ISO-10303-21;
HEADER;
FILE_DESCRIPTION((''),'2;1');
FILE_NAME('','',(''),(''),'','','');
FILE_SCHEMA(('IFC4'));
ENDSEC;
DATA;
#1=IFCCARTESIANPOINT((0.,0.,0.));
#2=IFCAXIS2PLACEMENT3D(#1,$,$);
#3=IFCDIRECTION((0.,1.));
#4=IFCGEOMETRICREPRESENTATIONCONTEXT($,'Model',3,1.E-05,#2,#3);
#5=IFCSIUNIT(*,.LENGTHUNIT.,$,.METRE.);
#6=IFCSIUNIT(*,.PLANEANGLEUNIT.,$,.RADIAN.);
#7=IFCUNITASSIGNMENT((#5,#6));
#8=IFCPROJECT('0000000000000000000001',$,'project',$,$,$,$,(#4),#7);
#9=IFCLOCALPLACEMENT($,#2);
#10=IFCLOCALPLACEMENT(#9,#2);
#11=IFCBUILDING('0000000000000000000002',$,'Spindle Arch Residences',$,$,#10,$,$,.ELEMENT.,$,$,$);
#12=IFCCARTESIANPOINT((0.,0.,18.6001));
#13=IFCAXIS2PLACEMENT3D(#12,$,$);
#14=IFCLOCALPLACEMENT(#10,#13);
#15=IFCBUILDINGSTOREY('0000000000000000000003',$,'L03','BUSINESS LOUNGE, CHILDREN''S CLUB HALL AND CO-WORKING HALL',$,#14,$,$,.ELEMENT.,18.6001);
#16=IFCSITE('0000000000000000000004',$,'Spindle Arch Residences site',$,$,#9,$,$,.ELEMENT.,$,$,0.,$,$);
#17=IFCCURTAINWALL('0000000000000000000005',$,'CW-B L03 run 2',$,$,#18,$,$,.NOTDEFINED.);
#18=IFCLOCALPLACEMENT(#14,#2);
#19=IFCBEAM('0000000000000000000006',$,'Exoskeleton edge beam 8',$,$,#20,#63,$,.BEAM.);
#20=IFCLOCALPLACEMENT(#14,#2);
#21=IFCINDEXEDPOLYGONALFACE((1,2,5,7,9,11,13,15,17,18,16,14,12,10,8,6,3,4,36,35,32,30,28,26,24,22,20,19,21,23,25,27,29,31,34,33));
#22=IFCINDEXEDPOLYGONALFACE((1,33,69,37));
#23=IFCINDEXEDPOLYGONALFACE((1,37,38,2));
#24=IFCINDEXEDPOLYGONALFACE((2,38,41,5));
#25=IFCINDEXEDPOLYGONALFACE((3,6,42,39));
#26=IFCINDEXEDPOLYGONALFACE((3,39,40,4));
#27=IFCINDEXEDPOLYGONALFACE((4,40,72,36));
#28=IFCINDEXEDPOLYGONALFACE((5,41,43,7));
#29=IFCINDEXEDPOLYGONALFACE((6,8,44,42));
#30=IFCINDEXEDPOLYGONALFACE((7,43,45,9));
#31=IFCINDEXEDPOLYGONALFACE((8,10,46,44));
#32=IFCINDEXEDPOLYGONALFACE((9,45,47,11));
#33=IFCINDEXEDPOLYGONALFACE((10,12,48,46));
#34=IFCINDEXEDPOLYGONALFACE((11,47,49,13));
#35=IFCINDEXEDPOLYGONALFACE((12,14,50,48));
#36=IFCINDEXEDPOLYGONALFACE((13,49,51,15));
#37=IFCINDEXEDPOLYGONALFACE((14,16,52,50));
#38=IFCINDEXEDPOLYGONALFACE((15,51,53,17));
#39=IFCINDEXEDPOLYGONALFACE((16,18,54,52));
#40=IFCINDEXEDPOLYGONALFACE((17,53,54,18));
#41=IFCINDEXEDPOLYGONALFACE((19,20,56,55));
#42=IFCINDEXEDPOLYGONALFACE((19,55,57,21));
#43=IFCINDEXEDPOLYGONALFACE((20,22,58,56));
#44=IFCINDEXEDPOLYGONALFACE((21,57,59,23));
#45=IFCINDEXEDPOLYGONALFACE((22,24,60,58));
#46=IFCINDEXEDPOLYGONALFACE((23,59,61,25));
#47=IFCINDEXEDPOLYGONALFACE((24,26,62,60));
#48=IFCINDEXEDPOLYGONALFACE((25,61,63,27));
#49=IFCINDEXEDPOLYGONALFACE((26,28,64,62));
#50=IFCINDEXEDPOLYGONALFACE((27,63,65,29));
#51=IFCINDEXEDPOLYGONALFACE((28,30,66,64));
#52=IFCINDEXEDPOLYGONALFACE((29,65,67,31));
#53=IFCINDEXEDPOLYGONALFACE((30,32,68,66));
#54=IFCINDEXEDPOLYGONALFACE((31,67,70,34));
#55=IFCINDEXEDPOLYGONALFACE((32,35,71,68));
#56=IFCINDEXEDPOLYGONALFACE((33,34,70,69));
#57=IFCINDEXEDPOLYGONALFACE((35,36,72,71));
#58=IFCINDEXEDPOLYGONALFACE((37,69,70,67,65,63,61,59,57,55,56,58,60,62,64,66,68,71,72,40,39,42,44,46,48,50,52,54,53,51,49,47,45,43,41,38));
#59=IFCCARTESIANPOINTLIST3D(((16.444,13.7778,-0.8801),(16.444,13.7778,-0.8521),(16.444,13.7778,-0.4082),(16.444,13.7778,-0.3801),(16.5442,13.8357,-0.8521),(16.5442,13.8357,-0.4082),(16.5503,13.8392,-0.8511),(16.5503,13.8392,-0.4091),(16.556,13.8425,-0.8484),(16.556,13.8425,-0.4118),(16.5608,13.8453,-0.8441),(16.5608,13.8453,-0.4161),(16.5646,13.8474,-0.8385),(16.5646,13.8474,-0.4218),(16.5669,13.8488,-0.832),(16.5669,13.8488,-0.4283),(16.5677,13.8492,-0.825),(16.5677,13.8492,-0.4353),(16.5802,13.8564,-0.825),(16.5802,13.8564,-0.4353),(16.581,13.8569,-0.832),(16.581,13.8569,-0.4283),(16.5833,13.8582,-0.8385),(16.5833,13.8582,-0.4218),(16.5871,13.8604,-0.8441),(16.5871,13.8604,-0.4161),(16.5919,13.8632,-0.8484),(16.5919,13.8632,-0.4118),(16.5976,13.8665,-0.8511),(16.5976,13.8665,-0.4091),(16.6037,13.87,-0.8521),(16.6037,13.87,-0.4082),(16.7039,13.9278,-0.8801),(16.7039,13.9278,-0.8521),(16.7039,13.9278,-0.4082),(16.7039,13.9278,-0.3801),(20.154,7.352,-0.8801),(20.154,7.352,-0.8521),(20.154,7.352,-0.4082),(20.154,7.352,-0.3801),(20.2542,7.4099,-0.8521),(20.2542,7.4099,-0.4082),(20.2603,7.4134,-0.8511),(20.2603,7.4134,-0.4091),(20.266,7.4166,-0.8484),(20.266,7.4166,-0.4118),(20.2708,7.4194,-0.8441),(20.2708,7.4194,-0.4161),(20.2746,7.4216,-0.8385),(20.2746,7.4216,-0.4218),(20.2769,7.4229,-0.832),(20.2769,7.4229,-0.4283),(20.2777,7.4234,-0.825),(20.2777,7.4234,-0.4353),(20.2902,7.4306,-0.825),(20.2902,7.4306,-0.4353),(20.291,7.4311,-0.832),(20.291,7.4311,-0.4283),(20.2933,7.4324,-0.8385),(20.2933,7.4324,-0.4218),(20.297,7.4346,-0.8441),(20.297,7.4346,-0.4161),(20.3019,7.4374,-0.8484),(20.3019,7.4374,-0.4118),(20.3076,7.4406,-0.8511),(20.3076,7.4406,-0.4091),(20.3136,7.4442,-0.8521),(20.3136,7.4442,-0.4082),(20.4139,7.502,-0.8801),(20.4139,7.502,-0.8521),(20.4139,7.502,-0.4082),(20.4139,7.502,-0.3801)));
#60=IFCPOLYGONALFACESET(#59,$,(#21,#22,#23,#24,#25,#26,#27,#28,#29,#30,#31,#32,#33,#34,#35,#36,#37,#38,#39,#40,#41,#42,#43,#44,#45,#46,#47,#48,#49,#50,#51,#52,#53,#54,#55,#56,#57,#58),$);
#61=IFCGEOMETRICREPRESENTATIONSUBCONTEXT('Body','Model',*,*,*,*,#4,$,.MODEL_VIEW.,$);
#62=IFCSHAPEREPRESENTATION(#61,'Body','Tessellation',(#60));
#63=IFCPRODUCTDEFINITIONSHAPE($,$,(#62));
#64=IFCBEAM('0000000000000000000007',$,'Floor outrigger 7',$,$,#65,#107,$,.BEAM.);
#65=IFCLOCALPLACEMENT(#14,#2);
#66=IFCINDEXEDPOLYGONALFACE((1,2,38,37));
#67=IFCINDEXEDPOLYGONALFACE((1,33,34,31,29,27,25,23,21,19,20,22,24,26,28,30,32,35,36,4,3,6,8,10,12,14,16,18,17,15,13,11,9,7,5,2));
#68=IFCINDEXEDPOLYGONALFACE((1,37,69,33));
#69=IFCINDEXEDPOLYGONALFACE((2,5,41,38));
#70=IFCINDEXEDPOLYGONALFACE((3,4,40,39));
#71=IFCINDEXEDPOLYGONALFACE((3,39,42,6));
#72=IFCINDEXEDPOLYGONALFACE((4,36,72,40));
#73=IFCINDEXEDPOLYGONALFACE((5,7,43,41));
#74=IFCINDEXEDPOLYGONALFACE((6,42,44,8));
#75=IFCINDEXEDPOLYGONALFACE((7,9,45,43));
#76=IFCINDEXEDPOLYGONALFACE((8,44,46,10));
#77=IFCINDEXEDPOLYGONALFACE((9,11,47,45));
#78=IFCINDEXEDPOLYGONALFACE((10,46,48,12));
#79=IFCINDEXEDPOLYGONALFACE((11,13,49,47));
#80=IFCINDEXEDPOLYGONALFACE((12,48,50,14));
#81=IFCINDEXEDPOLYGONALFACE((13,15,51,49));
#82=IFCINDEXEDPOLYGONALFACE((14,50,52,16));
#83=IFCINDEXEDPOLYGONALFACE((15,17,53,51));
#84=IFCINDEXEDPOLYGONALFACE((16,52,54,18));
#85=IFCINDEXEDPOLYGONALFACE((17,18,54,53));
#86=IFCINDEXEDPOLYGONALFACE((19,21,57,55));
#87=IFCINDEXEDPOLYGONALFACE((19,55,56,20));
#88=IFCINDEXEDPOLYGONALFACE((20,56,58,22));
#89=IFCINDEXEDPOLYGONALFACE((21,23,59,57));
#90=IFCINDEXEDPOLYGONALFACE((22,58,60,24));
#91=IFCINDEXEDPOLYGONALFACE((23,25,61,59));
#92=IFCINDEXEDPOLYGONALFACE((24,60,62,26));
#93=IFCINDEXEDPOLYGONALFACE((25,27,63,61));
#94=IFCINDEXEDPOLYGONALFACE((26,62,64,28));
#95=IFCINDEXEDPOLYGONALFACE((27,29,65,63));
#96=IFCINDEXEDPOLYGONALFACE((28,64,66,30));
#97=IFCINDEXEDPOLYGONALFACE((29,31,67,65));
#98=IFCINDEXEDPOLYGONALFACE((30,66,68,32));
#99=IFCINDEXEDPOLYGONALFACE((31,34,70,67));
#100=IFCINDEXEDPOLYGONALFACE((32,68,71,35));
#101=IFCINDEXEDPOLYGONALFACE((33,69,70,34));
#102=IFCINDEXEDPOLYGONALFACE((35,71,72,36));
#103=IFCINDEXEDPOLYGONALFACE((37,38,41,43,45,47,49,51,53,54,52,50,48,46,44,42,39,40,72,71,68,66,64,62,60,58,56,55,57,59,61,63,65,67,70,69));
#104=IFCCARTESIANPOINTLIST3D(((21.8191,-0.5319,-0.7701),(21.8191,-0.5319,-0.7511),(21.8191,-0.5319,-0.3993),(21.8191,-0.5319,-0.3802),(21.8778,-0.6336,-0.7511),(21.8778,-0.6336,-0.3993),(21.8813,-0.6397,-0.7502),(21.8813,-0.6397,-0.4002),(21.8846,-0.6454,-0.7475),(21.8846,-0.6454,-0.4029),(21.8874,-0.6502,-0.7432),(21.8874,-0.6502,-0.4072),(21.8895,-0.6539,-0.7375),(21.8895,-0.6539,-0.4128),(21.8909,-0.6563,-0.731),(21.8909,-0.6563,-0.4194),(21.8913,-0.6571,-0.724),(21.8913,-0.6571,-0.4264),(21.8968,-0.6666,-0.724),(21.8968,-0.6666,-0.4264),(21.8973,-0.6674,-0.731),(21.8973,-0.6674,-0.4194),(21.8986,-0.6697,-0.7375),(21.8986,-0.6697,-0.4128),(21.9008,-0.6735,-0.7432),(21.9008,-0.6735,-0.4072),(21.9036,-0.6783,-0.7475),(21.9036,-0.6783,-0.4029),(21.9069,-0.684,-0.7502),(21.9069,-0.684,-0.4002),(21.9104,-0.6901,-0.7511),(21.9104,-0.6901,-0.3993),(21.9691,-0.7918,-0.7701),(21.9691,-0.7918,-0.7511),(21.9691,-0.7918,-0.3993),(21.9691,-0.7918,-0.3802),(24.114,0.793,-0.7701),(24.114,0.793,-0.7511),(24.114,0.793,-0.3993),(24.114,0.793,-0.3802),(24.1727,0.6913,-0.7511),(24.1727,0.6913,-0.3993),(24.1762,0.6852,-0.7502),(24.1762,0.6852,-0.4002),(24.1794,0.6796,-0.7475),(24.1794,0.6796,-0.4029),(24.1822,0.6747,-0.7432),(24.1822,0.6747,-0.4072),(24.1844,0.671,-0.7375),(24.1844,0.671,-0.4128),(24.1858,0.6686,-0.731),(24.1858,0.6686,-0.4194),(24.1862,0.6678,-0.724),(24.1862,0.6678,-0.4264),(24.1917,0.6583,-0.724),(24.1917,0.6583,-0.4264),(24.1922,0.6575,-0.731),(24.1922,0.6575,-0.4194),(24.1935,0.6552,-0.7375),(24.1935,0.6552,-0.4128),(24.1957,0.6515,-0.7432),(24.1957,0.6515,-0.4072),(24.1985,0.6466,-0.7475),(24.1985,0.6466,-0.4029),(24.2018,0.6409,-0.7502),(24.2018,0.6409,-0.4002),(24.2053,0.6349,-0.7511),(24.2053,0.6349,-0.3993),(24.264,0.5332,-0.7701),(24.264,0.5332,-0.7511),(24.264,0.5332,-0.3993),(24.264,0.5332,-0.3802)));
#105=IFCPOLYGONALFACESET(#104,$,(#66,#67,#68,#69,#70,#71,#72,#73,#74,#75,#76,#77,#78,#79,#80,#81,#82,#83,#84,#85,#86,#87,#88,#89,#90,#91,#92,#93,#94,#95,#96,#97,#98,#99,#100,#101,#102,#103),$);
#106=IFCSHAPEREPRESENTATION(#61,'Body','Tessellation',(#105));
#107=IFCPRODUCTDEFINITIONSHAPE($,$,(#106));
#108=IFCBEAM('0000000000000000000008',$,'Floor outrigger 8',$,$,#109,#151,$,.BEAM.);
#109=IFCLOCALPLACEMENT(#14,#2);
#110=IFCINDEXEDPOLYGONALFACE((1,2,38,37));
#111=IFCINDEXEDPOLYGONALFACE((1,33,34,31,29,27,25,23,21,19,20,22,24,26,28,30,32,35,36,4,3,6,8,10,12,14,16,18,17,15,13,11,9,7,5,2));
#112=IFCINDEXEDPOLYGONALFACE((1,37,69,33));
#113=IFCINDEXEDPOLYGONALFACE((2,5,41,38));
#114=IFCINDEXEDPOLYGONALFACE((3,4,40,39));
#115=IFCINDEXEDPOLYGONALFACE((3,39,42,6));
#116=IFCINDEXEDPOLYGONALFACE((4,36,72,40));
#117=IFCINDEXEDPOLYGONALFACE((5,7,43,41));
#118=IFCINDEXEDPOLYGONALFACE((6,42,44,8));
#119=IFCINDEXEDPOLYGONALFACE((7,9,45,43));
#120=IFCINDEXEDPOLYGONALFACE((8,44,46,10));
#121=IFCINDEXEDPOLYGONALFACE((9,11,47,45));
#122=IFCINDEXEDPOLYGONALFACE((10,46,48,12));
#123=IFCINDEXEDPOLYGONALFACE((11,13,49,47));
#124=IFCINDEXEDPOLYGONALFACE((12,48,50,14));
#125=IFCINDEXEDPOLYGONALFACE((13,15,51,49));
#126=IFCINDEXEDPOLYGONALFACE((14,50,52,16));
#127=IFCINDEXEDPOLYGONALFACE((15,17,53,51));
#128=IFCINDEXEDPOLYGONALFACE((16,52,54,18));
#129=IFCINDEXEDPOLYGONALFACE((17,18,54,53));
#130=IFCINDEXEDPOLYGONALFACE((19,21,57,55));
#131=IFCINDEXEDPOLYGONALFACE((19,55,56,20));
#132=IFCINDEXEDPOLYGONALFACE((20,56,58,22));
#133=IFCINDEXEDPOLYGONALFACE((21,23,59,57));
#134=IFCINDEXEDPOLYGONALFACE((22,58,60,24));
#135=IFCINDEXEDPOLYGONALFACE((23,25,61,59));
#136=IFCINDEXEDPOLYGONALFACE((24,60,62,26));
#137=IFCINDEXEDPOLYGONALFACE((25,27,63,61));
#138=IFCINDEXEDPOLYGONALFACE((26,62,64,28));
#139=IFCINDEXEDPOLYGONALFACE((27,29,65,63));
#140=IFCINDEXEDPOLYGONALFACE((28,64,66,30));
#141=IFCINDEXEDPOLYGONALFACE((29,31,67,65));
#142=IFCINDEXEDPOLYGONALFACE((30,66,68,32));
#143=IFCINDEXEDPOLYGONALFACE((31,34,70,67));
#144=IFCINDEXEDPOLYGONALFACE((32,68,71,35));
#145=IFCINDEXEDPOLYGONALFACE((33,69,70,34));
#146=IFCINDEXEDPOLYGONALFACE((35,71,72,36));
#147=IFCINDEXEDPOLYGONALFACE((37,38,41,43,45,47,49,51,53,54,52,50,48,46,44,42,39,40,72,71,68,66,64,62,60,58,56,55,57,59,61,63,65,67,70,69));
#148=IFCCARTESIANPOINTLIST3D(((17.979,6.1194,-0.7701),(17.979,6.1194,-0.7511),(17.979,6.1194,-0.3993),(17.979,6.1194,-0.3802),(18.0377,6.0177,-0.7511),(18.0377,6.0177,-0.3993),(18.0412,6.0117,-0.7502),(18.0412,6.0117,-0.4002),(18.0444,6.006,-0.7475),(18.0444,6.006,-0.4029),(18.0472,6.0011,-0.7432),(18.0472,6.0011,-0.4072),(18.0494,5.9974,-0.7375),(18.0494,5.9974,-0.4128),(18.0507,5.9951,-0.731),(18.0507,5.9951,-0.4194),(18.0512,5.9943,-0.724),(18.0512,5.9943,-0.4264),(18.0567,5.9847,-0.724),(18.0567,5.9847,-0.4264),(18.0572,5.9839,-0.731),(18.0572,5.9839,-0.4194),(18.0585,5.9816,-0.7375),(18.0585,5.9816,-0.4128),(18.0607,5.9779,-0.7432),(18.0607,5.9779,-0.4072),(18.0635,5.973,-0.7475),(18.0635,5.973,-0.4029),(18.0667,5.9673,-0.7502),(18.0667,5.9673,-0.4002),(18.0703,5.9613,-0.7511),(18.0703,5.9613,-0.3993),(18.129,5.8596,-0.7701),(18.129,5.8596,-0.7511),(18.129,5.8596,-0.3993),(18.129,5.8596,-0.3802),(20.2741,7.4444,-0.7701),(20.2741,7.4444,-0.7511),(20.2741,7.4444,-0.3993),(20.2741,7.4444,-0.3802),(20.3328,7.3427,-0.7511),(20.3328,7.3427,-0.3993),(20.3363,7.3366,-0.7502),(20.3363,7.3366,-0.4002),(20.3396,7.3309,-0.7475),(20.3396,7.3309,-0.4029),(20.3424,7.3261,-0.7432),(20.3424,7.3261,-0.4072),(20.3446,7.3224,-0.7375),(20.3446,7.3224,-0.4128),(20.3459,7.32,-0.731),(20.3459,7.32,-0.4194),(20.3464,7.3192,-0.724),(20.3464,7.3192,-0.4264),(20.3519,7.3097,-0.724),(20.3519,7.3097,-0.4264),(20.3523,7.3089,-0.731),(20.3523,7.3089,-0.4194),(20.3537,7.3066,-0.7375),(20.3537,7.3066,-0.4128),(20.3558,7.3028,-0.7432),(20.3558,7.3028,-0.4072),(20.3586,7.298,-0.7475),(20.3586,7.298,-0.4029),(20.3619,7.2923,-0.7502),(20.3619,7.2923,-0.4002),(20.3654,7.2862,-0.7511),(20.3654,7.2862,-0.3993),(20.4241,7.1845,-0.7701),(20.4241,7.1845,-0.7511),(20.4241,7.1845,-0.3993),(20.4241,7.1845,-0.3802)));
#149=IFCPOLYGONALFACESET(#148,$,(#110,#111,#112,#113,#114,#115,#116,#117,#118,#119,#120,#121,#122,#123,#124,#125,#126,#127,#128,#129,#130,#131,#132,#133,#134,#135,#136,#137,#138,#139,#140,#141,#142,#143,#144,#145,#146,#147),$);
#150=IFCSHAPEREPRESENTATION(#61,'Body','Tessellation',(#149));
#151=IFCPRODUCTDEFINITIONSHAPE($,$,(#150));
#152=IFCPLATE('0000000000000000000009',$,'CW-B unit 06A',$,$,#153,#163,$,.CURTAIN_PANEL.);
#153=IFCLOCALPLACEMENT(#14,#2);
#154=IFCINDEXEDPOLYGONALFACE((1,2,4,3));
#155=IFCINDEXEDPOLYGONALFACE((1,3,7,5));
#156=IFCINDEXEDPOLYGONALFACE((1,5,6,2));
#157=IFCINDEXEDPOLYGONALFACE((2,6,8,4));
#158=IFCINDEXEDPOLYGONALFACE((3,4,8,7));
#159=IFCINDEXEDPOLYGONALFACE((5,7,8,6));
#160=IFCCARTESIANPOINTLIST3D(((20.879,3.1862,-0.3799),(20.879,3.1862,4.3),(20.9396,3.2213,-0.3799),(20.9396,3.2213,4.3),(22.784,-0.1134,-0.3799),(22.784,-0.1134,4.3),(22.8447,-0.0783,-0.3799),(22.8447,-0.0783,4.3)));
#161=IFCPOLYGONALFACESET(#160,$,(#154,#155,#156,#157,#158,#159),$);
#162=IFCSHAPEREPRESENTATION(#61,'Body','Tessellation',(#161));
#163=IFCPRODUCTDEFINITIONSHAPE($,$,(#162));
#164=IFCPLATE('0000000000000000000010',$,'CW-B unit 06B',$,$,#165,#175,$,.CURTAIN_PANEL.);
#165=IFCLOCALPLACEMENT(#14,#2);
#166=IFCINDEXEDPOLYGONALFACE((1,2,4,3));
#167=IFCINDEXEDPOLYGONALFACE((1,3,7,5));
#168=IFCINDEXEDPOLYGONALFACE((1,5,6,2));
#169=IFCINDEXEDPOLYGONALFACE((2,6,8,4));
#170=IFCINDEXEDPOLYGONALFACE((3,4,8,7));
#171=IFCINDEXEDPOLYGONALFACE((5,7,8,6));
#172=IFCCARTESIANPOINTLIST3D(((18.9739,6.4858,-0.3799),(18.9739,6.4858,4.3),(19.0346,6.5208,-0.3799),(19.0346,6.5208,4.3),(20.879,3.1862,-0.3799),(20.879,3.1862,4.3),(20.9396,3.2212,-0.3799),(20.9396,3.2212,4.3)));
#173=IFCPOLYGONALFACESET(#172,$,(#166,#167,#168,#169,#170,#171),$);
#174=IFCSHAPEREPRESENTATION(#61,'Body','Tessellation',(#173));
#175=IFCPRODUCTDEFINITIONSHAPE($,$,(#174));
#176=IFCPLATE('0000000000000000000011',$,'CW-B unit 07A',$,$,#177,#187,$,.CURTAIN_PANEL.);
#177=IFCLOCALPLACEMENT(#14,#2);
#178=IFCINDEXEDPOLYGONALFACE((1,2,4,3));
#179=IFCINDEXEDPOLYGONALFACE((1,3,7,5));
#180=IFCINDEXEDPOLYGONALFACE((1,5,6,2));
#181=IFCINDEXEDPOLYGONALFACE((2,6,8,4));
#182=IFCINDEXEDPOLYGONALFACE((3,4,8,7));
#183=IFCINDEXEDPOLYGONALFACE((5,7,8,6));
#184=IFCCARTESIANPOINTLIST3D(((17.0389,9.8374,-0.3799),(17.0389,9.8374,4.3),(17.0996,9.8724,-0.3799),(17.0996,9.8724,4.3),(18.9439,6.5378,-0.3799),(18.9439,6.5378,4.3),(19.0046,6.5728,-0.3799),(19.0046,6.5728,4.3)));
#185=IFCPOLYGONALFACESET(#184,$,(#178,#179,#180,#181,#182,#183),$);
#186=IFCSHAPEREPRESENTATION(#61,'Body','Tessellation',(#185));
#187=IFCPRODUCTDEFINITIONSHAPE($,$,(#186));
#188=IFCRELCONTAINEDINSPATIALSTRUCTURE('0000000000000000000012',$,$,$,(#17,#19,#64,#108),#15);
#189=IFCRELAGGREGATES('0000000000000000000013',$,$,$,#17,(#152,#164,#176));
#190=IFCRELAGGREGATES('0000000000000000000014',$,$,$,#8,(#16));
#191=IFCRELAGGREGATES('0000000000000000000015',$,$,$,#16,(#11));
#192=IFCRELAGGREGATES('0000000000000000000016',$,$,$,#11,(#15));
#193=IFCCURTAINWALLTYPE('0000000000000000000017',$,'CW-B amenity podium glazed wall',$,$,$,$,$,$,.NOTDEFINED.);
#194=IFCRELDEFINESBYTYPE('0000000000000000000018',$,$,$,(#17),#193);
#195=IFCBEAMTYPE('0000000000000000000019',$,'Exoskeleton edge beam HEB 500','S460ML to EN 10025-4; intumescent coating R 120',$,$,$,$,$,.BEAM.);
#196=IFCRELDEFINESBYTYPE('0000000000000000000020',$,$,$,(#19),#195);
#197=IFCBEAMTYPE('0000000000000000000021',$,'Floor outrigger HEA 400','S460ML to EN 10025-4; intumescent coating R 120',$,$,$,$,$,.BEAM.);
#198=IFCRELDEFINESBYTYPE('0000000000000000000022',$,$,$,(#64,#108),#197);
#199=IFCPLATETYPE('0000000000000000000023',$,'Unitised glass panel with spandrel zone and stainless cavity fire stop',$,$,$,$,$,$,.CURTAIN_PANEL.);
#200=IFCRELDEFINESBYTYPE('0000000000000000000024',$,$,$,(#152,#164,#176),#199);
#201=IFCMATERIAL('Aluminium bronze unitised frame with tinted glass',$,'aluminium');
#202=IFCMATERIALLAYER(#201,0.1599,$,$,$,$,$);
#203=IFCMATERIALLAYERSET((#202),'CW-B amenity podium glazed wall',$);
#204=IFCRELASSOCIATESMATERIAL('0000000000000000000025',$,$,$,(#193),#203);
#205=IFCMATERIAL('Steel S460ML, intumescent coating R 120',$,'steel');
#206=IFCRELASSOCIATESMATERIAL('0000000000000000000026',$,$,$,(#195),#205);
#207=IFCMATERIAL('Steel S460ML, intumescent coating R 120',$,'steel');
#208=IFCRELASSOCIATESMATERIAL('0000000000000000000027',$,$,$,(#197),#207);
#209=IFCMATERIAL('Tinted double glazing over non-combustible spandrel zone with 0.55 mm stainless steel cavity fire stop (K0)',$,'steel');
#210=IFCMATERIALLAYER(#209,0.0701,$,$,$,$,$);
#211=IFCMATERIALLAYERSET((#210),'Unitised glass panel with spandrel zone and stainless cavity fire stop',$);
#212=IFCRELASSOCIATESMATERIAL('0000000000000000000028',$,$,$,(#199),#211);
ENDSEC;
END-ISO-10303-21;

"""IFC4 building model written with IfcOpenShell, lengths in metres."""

from ifc_helpers import new_model, si_unit, direction, frame, origin, origin_2d, place, context, subcontext, project, spatial, rectangle, i_section, extrude, material, layer, layer_set, material_profile, profile_set, type_object, element, aggregate, save


model = new_model("IFC4")

# Units and contexts
model_context = context("Model", 3, precision=1e-05, world=origin(), true_north=direction((0.0, 1.0)))
body_context = subcontext(model_context, "Body", "Model", "MODEL_VIEW")
ifc_project = project(units=[si_unit("LENGTHUNIT", "METRE"), si_unit("PLANEANGLEUNIT", "RADIAN")], contexts=[model_context])

# Site, building, storey
site_placement = place(None, origin())
site = spatial("IfcSite", under=ifc_project, at=site_placement, Name="Spindle Arch Residences site", CompositionType="ELEMENT", RefElevation=0.0)
building_placement = place(site_placement, origin())
building = spatial("IfcBuilding", under=site, at=building_placement, Name="Spindle Arch Residences", CompositionType="ELEMENT")
storey_placement = place(building_placement, frame((0.0, 0.0, 18.6001)))
storey = spatial("IfcBuildingStorey", under=building, at=storey_placement, Name="L03", Description="BUSINESS LOUNGE, CHILDREN'S CLUB HALL AND CO-WORKING HALL", CompositionType="ELEMENT", Elevation=18.6001)

# Curtain wall
ifc_material_1 = material(Name="Aluminium bronze unitised frame with tinted glass", Category="aluminium")
ifc_layer_1 = layer(ifc_material_1, 0.1599)
ifc_layer_set_1 = layer_set([ifc_layer_1], Name="CW-B amenity podium glazed wall")
curtain_wall_type = type_object("IfcCurtainWallType", Name="CW-B amenity podium glazed wall", PredefinedType="NOTDEFINED", material=ifc_layer_set_1)
curtain_wall_placement = place(storey_placement, origin())
curtain_wall = element("IfcCurtainWall", 1, at=curtain_wall_placement, inside=storey, type_object=curtain_wall_type, Name="CW-B L03 run 2", PredefinedType="NOTDEFINED")

# Beams
ifc_material_2 = material(Name="Steel S460ML, intumescent coating R 120", Category="steel")
ifc_material_profile_1 = material_profile(ifc_material_2, i_section(OverallWidth=0.3, OverallDepth=0.5, WebThickness=0.0144, FlangeThickness=0.0281, FilletRadius=0.0271, at=origin_2d()), Name="HEB 500")
ifc_profile_set_1 = profile_set([ifc_material_profile_1], Name="Steel S460ML, intumescent coating R 120")
beam_type_1 = type_object("IfcBeamType", Name="Exoskeleton edge beam HEB 500", Description="S460ML to EN 10025-4; intumescent coating R 120", PredefinedType="BEAM", material=ifc_profile_set_1)
beam_1_placement = place(storey_placement, frame((20.2839, 7.427, -0.6301), z_axis=(-0.500003, 0.866023, 0.0), x_axis=(-0.866023, -0.500003, 0.0)))
element("IfcBeam", 2, at=beam_1_placement, inside=storey, type_object=beam_type_1, Name="Exoskeleton edge beam 8", PredefinedType="BEAM", context=body_context, shape_type="SweptSolid", body=[
    extrude(i_section(OverallWidth=0.3, OverallDepth=0.5, WebThickness=0.0144, FlangeThickness=0.0281, FilletRadius=0.0271, at=origin_2d()), origin(), (0.0, 0.0, 1.0), 7.4199),
])
ifc_material_3 = material(Name="Steel S460ML, intumescent coating R 120", Category="steel")
ifc_material_profile_2 = material_profile(ifc_material_3, i_section(OverallWidth=0.3, OverallDepth=0.3899, WebThickness=0.011, FlangeThickness=0.019, FilletRadius=0.0271, at=origin_2d()), Name="HEA 400")
ifc_profile_set_2 = profile_set([ifc_material_profile_2], Name="Steel S460ML, intumescent coating R 120")
beam_type_2 = type_object("IfcBeamType", Name="Floor outrigger HEA 400", Description="S460ML to EN 10025-4; intumescent coating R 120", PredefinedType="BEAM", material=ifc_profile_set_2)
beam_2_placement = place(storey_placement, frame((24.189, 0.6631, -0.5752), z_axis=(-0.866029, -0.499994, 0.0), x_axis=(0.499994, -0.866029, 0.0)))
element("IfcBeam", 3, at=beam_2_placement, inside=storey, type_object=beam_type_2, Name="Floor outrigger 7", PredefinedType="BEAM", context=body_context, shape_type="SweptSolid", body=[
    extrude(i_section(OverallWidth=0.3, OverallDepth=0.3899, WebThickness=0.011, FlangeThickness=0.019, FilletRadius=0.0271, at=origin_2d()), origin(), (0.0, 0.0, 1.0), 2.6499),
])
beam_3_placement = place(storey_placement, frame((20.3491, 7.3145, -0.5752), z_axis=(-0.866052, -0.499954, 0.0), x_axis=(0.499954, -0.866052, 0.0)))
element("IfcBeam", 4, at=beam_3_placement, inside=storey, type_object=beam_type_2, Name="Floor outrigger 8", PredefinedType="BEAM", context=body_context, shape_type="SweptSolid", body=[
    extrude(i_section(OverallWidth=0.3, OverallDepth=0.3899, WebThickness=0.011, FlangeThickness=0.019, FilletRadius=0.0271, at=origin_2d()), origin(), (0.0, 0.0, 1.0), 2.6501),
])

# Plates
ifc_material_4 = material(Name="Tinted double glazing over non-combustible spandrel zone with 0.55 mm stainless steel cavity fire stop (K0)", Category="steel")
ifc_layer_2 = layer(ifc_material_4, 0.0701)
ifc_layer_set_2 = layer_set([ifc_layer_2], Name="Unitised glass panel with spandrel zone and stainless cavity fire stop")
plate_type = type_object("IfcPlateType", Name="Unitised glass panel with spandrel zone and stainless cavity fire stop", PredefinedType="CURTAIN_PANEL", material=ifc_layer_set_2)
plate_1_placement = place(storey_placement, frame((21.8618, 1.554, -0.3799), z_axis=(0.0, 0.0, 1.0), x_axis=(-0.5, 0.866025, 0.0)))
plate_1 = element("IfcPlate", 5, at=plate_1_placement, type_object=plate_type, Name="CW-B unit 06A", PredefinedType="CURTAIN_PANEL", context=body_context, shape_type="SweptSolid", body=[
    extrude(rectangle(XDim=3.8101, YDim=0.0701, at=origin_2d()), origin(), (0.0, 0.0, 1.0), 4.6799),
])
plate_2_placement = place(storey_placement, frame((19.9568, 4.8535, -0.3799), z_axis=(0.0, 0.0, 1.0), x_axis=(-0.5, 0.866025, 0.0)))
plate_2 = element("IfcPlate", 6, at=plate_2_placement, type_object=plate_type, Name="CW-B unit 06B", PredefinedType="CURTAIN_PANEL", context=body_context, shape_type="SweptSolid", body=[
    extrude(rectangle(XDim=3.8101, YDim=0.0701, at=origin_2d()), origin(), (0.0, 0.0, 1.0), 4.6799),
])
plate_3_placement = place(storey_placement, frame((18.0217, 8.2051, -0.3799), z_axis=(0.0, 0.0, 1.0), x_axis=(-0.5, 0.866025, 0.0)))
plate_3 = element("IfcPlate", 7, at=plate_3_placement, type_object=plate_type, Name="CW-B unit 07A", PredefinedType="CURTAIN_PANEL", context=body_context, shape_type="SweptSolid", body=[
    extrude(rectangle(XDim=3.8101, YDim=0.0701, at=origin_2d()), origin(), (0.0, 0.0, 1.0), 4.6799),
])
aggregate(curtain_wall, [plate_1, plate_2, plate_3])

save(model, "model.ifc")
